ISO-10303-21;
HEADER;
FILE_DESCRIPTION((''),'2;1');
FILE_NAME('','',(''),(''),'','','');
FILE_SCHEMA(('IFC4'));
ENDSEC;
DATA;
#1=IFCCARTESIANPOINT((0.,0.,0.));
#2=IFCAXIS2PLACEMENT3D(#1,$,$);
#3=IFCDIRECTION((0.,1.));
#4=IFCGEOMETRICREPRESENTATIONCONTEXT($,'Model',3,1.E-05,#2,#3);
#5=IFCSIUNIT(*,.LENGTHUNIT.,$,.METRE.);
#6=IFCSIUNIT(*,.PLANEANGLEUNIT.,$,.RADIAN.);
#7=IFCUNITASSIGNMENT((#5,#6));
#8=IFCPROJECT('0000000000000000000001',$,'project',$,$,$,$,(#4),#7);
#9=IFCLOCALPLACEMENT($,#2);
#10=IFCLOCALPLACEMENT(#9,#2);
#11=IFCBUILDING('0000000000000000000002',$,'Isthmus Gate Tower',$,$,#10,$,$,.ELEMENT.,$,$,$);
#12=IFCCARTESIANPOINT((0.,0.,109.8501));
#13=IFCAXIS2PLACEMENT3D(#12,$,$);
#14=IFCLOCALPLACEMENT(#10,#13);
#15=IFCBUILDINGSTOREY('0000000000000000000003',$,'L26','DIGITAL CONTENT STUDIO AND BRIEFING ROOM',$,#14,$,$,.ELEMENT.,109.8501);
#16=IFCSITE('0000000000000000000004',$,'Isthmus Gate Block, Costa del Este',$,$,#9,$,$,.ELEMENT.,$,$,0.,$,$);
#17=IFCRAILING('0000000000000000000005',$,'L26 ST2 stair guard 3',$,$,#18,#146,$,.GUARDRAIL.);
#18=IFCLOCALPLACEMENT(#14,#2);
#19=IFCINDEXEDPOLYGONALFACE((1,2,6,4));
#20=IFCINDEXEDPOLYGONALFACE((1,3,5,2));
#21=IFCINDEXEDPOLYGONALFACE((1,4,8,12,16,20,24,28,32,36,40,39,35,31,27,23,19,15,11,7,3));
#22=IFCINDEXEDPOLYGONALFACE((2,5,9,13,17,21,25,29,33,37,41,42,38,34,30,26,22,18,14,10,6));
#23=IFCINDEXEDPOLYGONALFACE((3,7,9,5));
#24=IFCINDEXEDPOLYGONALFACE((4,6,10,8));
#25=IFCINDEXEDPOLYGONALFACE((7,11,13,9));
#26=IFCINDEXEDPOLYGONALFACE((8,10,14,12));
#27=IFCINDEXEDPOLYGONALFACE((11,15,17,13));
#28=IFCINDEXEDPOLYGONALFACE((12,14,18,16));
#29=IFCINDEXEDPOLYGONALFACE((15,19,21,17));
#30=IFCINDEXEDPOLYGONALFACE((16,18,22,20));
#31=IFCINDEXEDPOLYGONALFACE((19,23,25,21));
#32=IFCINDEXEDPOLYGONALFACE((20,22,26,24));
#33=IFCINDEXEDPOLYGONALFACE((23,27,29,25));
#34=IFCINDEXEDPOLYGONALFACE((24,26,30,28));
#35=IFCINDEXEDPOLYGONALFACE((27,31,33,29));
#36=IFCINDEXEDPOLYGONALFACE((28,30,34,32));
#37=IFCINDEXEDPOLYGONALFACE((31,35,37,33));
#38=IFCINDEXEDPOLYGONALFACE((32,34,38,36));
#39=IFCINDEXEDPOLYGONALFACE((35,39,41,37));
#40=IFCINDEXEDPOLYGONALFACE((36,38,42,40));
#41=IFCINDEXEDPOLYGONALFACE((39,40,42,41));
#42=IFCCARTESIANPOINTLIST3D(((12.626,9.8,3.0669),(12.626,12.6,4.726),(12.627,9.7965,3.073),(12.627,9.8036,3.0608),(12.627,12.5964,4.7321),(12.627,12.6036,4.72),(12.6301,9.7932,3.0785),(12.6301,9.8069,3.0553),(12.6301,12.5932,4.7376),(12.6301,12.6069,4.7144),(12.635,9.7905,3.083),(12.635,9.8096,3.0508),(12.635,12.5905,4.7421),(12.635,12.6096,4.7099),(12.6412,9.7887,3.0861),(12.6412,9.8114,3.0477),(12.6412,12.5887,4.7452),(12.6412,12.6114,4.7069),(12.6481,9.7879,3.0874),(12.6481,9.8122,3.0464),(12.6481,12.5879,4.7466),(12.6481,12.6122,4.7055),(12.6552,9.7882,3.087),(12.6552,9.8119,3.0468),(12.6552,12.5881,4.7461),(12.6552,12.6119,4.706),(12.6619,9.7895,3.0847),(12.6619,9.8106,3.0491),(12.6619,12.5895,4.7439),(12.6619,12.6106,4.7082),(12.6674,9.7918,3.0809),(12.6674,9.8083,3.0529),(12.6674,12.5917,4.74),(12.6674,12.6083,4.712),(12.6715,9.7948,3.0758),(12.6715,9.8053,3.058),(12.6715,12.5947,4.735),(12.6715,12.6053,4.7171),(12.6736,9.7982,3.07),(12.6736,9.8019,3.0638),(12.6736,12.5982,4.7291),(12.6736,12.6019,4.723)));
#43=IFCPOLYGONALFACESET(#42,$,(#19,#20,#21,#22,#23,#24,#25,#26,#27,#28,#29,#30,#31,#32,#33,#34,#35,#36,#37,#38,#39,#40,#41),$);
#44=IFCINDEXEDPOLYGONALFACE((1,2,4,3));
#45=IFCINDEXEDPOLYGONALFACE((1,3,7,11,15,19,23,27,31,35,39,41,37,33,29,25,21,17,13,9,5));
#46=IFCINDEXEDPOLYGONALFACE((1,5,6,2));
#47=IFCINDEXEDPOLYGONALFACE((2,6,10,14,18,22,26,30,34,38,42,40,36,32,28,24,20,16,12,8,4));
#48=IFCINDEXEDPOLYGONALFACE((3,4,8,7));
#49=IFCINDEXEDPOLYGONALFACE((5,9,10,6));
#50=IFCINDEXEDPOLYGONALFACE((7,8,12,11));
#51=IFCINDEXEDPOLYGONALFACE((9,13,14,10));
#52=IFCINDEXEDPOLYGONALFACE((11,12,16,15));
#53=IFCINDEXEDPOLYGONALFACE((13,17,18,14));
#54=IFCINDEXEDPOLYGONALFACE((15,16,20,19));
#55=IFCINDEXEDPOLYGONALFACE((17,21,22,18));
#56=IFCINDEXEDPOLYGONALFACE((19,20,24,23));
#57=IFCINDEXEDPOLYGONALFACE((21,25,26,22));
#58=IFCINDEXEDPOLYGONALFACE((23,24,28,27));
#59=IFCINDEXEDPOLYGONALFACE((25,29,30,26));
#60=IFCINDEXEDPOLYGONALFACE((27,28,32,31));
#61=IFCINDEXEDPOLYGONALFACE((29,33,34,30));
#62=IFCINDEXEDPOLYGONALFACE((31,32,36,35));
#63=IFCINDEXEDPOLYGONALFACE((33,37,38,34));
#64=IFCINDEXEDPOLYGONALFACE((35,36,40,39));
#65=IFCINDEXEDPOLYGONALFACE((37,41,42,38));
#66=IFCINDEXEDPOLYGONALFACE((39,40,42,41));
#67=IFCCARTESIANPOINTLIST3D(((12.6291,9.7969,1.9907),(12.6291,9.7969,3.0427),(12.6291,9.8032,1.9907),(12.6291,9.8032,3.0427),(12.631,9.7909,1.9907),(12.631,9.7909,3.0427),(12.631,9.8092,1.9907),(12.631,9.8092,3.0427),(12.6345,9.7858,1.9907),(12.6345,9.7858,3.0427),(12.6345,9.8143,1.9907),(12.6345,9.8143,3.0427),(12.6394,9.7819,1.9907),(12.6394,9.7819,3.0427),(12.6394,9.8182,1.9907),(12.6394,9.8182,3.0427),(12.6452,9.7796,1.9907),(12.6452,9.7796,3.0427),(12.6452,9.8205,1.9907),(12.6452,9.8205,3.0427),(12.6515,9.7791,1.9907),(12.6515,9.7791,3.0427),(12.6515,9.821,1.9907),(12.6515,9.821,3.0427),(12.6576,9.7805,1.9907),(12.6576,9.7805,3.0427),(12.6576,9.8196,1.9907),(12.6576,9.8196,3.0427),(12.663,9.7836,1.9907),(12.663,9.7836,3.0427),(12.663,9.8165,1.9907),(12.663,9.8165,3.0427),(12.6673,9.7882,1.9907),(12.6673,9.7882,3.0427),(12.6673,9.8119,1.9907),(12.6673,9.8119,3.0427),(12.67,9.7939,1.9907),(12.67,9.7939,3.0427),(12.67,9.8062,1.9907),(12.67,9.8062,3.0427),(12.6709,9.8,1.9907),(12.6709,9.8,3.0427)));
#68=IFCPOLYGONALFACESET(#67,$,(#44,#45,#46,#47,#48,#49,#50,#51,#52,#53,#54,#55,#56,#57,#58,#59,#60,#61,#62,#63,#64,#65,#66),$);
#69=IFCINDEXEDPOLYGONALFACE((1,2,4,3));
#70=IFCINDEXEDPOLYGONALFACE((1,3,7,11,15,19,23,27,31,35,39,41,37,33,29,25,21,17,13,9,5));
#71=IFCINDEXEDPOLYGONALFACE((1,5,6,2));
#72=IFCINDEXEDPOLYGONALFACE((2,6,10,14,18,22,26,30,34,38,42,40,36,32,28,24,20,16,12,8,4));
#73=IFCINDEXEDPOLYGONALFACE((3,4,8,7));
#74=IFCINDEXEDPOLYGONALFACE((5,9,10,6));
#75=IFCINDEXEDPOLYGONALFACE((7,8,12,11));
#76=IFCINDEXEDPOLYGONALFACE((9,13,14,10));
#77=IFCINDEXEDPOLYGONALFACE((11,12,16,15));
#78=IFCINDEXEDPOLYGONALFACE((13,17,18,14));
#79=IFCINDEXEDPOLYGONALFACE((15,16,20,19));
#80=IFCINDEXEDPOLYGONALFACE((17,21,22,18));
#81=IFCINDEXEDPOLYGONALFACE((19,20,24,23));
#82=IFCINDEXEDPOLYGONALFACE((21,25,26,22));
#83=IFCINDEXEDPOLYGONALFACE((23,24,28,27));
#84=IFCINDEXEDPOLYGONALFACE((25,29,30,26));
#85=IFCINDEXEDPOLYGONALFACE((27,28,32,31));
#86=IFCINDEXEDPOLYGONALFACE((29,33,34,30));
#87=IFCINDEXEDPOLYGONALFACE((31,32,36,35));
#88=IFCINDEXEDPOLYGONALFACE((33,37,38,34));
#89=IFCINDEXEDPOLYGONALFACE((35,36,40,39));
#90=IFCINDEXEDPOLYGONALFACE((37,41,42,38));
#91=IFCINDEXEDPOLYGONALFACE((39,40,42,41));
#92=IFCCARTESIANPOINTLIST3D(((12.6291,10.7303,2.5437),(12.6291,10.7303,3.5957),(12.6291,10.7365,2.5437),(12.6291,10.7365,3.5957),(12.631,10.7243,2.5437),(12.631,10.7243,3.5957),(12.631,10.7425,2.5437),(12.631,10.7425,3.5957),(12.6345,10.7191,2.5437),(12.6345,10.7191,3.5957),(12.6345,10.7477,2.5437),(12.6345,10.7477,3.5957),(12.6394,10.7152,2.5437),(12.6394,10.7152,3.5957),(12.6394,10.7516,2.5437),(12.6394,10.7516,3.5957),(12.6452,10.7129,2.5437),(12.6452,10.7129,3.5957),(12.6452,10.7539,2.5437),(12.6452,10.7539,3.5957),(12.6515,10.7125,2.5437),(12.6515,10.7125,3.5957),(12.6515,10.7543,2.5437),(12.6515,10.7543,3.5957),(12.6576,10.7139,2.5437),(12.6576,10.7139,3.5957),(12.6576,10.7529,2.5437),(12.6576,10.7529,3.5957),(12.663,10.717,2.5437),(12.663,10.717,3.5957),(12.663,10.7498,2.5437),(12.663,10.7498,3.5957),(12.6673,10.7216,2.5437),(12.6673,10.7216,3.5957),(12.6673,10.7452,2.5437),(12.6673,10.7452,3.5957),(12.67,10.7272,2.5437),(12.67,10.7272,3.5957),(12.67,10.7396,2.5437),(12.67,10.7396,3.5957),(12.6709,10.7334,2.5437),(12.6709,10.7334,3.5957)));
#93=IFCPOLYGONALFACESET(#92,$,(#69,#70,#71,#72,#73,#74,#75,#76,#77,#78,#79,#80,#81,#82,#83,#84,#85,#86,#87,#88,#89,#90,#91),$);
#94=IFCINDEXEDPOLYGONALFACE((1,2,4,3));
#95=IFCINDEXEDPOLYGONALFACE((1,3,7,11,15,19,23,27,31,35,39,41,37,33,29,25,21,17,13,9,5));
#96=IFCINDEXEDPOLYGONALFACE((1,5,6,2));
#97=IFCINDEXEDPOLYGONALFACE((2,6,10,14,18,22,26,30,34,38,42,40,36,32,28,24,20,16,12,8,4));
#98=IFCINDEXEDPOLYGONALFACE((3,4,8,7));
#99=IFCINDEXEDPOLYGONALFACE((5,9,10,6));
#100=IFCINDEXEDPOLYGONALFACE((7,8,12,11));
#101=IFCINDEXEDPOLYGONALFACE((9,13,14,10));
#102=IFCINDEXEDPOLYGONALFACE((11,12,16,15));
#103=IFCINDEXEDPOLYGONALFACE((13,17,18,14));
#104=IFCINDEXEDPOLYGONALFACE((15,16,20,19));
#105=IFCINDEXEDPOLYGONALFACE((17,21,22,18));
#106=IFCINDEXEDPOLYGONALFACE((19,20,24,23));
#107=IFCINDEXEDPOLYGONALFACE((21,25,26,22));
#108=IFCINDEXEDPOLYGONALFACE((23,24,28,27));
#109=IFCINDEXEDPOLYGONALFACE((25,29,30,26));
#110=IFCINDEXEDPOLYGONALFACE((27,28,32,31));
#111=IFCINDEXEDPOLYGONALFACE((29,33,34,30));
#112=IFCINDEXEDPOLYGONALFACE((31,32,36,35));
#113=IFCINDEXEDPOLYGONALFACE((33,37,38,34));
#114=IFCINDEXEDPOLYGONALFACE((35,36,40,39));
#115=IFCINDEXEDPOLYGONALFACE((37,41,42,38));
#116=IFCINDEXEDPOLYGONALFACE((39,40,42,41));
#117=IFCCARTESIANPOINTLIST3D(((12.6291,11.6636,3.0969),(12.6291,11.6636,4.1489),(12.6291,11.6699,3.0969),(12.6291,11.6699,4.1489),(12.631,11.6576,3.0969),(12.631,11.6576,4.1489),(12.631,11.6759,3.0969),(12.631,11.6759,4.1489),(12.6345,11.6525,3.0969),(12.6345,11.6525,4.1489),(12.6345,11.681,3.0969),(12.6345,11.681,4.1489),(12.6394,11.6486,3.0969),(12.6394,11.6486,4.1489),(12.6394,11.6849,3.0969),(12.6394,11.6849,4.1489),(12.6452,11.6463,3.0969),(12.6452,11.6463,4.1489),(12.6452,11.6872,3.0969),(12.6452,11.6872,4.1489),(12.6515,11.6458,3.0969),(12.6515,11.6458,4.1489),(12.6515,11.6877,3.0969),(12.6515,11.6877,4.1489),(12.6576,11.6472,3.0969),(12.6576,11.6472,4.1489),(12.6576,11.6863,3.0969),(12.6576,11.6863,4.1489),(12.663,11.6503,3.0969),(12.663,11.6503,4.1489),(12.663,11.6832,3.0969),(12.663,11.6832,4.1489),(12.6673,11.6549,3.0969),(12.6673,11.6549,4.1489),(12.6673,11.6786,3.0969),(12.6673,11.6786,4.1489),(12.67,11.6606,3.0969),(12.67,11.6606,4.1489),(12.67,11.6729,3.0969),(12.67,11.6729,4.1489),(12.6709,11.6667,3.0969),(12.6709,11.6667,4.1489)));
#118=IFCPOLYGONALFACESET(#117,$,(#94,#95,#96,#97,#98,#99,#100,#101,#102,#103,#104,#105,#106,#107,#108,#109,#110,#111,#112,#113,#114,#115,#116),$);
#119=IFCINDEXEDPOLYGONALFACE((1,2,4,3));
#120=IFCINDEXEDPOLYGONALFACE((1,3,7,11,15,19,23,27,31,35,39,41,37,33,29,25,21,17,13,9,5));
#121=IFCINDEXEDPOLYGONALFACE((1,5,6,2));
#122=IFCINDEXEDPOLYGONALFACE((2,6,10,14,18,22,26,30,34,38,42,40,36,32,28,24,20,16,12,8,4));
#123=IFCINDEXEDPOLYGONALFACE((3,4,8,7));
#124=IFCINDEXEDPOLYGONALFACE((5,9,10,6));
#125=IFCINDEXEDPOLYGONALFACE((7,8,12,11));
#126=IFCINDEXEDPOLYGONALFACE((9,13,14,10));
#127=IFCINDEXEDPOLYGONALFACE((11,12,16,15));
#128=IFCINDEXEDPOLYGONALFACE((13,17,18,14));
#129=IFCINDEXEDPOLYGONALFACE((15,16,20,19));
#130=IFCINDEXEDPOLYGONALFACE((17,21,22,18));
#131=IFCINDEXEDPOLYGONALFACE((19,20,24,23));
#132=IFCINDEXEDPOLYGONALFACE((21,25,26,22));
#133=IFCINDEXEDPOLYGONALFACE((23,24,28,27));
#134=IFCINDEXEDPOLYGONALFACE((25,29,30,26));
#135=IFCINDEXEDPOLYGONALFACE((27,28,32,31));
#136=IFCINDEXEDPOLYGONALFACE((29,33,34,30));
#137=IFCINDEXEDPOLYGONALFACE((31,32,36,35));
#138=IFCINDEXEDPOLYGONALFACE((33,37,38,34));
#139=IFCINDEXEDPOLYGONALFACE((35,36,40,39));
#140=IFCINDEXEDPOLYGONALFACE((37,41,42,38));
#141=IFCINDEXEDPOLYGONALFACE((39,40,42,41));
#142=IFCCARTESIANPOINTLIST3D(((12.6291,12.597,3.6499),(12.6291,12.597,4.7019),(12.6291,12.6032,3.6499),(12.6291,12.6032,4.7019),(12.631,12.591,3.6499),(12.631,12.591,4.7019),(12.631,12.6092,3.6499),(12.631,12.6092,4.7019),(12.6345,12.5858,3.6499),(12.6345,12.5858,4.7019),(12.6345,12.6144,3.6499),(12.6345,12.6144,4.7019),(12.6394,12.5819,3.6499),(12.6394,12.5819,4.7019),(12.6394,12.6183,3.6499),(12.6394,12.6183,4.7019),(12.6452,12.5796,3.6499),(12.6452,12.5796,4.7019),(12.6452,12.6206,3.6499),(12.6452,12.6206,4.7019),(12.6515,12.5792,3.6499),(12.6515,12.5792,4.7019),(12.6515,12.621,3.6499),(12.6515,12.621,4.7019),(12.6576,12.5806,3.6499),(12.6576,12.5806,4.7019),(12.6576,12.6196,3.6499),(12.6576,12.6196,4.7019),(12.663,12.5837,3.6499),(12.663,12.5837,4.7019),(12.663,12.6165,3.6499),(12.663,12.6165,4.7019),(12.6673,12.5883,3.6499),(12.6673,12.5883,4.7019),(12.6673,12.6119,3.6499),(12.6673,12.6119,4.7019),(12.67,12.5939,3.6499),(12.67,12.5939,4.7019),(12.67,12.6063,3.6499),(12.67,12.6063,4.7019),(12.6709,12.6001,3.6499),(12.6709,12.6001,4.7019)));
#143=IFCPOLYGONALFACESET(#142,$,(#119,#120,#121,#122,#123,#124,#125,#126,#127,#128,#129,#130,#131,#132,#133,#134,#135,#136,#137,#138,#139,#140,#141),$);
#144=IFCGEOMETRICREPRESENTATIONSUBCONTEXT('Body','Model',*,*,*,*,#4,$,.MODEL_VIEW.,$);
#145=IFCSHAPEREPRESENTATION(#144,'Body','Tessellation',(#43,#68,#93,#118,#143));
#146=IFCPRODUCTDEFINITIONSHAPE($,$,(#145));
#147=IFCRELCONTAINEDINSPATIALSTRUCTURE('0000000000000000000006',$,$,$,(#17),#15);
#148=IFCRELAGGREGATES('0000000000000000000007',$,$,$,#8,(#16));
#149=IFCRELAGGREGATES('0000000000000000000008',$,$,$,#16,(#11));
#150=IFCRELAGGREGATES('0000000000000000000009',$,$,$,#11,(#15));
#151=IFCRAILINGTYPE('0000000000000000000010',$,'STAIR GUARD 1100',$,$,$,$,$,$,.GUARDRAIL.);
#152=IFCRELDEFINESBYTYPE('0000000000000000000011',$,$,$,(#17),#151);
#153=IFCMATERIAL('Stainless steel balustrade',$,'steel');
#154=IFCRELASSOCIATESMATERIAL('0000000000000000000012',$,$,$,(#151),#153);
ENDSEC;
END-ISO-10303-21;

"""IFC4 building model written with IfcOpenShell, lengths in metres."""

from ifc_helpers import new_model, si_unit, direction, frame, origin, origin_2d, place, context, subcontext, project, spatial, circle, extrude, material, type_object, element, save


model = new_model("IFC4")

# Units and contexts
model_context = context("Model", 3, precision=1e-05, world=origin(), true_north=direction((0.0, 1.0)))
body_context = subcontext(model_context, "Body", "Model", "MODEL_VIEW")
ifc_project = project(units=[si_unit("LENGTHUNIT", "METRE"), si_unit("PLANEANGLEUNIT", "RADIAN")], contexts=[model_context])

# Site, building, storey
site_placement = place(None, origin())
site = spatial("IfcSite", under=ifc_project, at=site_placement, Name="Isthmus Gate Block, Costa del Este", CompositionType="ELEMENT", RefElevation=0.0)
building_placement = place(site_placement, origin())
building = spatial("IfcBuilding", under=site, at=building_placement, Name="Isthmus Gate Tower", CompositionType="ELEMENT")
storey_placement = place(building_placement, frame((0.0, 0.0, 109.8501)))
storey = spatial("IfcBuildingStorey", under=building, at=storey_placement, Name="L26", Description="DIGITAL CONTENT STUDIO AND BRIEFING ROOM", CompositionType="ELEMENT", Elevation=109.8501)

# Railing
ifc_material_1 = material(Name="Stainless steel balustrade", Category="steel")
railing_type_1 = type_object("IfcRailingType", Name="STAIR GUARD 1100", PredefinedType="GUARDRAIL", material=ifc_material_1)
railing_1_placement = place(storey_placement, frame((12.6499, 9.8, 1.9907)))
element("IfcRailing", 1, at=railing_1_placement, inside=storey, type_object=railing_type_1, Name="L26 ST2 stair guard 3", PredefinedType="GUARDRAIL", context=body_context, shape_type="SweptSolid", body=[
    extrude(circle(Radius=0.0239, at=origin_2d()), frame((0.0, 0.0, 1.0762), z_axis=(0.0, 0.860306, 0.509778), x_axis=(-1.0, 0.0, 0.0)), (0.0, 0.0, 1.0), 3.2546),
    extrude(circle(Radius=0.021, at=origin_2d()), origin(), (0.0, 0.0, 1.0), 1.052),
    extrude(circle(Radius=0.021, at=origin_2d()), frame((0.0, 0.9333, 0.553)), (0.0, 0.0, 1.0), 1.052),
    extrude(circle(Radius=0.021, at=origin_2d()), frame((0.0, 1.8667, 1.1062)), (0.0, 0.0, 1.0), 1.052),
    extrude(circle(Radius=0.021, at=origin_2d()), frame((0.0, 2.8, 1.6592)), (0.0, 0.0, 1.0), 1.052),
])

save(model, "model.ifc")
